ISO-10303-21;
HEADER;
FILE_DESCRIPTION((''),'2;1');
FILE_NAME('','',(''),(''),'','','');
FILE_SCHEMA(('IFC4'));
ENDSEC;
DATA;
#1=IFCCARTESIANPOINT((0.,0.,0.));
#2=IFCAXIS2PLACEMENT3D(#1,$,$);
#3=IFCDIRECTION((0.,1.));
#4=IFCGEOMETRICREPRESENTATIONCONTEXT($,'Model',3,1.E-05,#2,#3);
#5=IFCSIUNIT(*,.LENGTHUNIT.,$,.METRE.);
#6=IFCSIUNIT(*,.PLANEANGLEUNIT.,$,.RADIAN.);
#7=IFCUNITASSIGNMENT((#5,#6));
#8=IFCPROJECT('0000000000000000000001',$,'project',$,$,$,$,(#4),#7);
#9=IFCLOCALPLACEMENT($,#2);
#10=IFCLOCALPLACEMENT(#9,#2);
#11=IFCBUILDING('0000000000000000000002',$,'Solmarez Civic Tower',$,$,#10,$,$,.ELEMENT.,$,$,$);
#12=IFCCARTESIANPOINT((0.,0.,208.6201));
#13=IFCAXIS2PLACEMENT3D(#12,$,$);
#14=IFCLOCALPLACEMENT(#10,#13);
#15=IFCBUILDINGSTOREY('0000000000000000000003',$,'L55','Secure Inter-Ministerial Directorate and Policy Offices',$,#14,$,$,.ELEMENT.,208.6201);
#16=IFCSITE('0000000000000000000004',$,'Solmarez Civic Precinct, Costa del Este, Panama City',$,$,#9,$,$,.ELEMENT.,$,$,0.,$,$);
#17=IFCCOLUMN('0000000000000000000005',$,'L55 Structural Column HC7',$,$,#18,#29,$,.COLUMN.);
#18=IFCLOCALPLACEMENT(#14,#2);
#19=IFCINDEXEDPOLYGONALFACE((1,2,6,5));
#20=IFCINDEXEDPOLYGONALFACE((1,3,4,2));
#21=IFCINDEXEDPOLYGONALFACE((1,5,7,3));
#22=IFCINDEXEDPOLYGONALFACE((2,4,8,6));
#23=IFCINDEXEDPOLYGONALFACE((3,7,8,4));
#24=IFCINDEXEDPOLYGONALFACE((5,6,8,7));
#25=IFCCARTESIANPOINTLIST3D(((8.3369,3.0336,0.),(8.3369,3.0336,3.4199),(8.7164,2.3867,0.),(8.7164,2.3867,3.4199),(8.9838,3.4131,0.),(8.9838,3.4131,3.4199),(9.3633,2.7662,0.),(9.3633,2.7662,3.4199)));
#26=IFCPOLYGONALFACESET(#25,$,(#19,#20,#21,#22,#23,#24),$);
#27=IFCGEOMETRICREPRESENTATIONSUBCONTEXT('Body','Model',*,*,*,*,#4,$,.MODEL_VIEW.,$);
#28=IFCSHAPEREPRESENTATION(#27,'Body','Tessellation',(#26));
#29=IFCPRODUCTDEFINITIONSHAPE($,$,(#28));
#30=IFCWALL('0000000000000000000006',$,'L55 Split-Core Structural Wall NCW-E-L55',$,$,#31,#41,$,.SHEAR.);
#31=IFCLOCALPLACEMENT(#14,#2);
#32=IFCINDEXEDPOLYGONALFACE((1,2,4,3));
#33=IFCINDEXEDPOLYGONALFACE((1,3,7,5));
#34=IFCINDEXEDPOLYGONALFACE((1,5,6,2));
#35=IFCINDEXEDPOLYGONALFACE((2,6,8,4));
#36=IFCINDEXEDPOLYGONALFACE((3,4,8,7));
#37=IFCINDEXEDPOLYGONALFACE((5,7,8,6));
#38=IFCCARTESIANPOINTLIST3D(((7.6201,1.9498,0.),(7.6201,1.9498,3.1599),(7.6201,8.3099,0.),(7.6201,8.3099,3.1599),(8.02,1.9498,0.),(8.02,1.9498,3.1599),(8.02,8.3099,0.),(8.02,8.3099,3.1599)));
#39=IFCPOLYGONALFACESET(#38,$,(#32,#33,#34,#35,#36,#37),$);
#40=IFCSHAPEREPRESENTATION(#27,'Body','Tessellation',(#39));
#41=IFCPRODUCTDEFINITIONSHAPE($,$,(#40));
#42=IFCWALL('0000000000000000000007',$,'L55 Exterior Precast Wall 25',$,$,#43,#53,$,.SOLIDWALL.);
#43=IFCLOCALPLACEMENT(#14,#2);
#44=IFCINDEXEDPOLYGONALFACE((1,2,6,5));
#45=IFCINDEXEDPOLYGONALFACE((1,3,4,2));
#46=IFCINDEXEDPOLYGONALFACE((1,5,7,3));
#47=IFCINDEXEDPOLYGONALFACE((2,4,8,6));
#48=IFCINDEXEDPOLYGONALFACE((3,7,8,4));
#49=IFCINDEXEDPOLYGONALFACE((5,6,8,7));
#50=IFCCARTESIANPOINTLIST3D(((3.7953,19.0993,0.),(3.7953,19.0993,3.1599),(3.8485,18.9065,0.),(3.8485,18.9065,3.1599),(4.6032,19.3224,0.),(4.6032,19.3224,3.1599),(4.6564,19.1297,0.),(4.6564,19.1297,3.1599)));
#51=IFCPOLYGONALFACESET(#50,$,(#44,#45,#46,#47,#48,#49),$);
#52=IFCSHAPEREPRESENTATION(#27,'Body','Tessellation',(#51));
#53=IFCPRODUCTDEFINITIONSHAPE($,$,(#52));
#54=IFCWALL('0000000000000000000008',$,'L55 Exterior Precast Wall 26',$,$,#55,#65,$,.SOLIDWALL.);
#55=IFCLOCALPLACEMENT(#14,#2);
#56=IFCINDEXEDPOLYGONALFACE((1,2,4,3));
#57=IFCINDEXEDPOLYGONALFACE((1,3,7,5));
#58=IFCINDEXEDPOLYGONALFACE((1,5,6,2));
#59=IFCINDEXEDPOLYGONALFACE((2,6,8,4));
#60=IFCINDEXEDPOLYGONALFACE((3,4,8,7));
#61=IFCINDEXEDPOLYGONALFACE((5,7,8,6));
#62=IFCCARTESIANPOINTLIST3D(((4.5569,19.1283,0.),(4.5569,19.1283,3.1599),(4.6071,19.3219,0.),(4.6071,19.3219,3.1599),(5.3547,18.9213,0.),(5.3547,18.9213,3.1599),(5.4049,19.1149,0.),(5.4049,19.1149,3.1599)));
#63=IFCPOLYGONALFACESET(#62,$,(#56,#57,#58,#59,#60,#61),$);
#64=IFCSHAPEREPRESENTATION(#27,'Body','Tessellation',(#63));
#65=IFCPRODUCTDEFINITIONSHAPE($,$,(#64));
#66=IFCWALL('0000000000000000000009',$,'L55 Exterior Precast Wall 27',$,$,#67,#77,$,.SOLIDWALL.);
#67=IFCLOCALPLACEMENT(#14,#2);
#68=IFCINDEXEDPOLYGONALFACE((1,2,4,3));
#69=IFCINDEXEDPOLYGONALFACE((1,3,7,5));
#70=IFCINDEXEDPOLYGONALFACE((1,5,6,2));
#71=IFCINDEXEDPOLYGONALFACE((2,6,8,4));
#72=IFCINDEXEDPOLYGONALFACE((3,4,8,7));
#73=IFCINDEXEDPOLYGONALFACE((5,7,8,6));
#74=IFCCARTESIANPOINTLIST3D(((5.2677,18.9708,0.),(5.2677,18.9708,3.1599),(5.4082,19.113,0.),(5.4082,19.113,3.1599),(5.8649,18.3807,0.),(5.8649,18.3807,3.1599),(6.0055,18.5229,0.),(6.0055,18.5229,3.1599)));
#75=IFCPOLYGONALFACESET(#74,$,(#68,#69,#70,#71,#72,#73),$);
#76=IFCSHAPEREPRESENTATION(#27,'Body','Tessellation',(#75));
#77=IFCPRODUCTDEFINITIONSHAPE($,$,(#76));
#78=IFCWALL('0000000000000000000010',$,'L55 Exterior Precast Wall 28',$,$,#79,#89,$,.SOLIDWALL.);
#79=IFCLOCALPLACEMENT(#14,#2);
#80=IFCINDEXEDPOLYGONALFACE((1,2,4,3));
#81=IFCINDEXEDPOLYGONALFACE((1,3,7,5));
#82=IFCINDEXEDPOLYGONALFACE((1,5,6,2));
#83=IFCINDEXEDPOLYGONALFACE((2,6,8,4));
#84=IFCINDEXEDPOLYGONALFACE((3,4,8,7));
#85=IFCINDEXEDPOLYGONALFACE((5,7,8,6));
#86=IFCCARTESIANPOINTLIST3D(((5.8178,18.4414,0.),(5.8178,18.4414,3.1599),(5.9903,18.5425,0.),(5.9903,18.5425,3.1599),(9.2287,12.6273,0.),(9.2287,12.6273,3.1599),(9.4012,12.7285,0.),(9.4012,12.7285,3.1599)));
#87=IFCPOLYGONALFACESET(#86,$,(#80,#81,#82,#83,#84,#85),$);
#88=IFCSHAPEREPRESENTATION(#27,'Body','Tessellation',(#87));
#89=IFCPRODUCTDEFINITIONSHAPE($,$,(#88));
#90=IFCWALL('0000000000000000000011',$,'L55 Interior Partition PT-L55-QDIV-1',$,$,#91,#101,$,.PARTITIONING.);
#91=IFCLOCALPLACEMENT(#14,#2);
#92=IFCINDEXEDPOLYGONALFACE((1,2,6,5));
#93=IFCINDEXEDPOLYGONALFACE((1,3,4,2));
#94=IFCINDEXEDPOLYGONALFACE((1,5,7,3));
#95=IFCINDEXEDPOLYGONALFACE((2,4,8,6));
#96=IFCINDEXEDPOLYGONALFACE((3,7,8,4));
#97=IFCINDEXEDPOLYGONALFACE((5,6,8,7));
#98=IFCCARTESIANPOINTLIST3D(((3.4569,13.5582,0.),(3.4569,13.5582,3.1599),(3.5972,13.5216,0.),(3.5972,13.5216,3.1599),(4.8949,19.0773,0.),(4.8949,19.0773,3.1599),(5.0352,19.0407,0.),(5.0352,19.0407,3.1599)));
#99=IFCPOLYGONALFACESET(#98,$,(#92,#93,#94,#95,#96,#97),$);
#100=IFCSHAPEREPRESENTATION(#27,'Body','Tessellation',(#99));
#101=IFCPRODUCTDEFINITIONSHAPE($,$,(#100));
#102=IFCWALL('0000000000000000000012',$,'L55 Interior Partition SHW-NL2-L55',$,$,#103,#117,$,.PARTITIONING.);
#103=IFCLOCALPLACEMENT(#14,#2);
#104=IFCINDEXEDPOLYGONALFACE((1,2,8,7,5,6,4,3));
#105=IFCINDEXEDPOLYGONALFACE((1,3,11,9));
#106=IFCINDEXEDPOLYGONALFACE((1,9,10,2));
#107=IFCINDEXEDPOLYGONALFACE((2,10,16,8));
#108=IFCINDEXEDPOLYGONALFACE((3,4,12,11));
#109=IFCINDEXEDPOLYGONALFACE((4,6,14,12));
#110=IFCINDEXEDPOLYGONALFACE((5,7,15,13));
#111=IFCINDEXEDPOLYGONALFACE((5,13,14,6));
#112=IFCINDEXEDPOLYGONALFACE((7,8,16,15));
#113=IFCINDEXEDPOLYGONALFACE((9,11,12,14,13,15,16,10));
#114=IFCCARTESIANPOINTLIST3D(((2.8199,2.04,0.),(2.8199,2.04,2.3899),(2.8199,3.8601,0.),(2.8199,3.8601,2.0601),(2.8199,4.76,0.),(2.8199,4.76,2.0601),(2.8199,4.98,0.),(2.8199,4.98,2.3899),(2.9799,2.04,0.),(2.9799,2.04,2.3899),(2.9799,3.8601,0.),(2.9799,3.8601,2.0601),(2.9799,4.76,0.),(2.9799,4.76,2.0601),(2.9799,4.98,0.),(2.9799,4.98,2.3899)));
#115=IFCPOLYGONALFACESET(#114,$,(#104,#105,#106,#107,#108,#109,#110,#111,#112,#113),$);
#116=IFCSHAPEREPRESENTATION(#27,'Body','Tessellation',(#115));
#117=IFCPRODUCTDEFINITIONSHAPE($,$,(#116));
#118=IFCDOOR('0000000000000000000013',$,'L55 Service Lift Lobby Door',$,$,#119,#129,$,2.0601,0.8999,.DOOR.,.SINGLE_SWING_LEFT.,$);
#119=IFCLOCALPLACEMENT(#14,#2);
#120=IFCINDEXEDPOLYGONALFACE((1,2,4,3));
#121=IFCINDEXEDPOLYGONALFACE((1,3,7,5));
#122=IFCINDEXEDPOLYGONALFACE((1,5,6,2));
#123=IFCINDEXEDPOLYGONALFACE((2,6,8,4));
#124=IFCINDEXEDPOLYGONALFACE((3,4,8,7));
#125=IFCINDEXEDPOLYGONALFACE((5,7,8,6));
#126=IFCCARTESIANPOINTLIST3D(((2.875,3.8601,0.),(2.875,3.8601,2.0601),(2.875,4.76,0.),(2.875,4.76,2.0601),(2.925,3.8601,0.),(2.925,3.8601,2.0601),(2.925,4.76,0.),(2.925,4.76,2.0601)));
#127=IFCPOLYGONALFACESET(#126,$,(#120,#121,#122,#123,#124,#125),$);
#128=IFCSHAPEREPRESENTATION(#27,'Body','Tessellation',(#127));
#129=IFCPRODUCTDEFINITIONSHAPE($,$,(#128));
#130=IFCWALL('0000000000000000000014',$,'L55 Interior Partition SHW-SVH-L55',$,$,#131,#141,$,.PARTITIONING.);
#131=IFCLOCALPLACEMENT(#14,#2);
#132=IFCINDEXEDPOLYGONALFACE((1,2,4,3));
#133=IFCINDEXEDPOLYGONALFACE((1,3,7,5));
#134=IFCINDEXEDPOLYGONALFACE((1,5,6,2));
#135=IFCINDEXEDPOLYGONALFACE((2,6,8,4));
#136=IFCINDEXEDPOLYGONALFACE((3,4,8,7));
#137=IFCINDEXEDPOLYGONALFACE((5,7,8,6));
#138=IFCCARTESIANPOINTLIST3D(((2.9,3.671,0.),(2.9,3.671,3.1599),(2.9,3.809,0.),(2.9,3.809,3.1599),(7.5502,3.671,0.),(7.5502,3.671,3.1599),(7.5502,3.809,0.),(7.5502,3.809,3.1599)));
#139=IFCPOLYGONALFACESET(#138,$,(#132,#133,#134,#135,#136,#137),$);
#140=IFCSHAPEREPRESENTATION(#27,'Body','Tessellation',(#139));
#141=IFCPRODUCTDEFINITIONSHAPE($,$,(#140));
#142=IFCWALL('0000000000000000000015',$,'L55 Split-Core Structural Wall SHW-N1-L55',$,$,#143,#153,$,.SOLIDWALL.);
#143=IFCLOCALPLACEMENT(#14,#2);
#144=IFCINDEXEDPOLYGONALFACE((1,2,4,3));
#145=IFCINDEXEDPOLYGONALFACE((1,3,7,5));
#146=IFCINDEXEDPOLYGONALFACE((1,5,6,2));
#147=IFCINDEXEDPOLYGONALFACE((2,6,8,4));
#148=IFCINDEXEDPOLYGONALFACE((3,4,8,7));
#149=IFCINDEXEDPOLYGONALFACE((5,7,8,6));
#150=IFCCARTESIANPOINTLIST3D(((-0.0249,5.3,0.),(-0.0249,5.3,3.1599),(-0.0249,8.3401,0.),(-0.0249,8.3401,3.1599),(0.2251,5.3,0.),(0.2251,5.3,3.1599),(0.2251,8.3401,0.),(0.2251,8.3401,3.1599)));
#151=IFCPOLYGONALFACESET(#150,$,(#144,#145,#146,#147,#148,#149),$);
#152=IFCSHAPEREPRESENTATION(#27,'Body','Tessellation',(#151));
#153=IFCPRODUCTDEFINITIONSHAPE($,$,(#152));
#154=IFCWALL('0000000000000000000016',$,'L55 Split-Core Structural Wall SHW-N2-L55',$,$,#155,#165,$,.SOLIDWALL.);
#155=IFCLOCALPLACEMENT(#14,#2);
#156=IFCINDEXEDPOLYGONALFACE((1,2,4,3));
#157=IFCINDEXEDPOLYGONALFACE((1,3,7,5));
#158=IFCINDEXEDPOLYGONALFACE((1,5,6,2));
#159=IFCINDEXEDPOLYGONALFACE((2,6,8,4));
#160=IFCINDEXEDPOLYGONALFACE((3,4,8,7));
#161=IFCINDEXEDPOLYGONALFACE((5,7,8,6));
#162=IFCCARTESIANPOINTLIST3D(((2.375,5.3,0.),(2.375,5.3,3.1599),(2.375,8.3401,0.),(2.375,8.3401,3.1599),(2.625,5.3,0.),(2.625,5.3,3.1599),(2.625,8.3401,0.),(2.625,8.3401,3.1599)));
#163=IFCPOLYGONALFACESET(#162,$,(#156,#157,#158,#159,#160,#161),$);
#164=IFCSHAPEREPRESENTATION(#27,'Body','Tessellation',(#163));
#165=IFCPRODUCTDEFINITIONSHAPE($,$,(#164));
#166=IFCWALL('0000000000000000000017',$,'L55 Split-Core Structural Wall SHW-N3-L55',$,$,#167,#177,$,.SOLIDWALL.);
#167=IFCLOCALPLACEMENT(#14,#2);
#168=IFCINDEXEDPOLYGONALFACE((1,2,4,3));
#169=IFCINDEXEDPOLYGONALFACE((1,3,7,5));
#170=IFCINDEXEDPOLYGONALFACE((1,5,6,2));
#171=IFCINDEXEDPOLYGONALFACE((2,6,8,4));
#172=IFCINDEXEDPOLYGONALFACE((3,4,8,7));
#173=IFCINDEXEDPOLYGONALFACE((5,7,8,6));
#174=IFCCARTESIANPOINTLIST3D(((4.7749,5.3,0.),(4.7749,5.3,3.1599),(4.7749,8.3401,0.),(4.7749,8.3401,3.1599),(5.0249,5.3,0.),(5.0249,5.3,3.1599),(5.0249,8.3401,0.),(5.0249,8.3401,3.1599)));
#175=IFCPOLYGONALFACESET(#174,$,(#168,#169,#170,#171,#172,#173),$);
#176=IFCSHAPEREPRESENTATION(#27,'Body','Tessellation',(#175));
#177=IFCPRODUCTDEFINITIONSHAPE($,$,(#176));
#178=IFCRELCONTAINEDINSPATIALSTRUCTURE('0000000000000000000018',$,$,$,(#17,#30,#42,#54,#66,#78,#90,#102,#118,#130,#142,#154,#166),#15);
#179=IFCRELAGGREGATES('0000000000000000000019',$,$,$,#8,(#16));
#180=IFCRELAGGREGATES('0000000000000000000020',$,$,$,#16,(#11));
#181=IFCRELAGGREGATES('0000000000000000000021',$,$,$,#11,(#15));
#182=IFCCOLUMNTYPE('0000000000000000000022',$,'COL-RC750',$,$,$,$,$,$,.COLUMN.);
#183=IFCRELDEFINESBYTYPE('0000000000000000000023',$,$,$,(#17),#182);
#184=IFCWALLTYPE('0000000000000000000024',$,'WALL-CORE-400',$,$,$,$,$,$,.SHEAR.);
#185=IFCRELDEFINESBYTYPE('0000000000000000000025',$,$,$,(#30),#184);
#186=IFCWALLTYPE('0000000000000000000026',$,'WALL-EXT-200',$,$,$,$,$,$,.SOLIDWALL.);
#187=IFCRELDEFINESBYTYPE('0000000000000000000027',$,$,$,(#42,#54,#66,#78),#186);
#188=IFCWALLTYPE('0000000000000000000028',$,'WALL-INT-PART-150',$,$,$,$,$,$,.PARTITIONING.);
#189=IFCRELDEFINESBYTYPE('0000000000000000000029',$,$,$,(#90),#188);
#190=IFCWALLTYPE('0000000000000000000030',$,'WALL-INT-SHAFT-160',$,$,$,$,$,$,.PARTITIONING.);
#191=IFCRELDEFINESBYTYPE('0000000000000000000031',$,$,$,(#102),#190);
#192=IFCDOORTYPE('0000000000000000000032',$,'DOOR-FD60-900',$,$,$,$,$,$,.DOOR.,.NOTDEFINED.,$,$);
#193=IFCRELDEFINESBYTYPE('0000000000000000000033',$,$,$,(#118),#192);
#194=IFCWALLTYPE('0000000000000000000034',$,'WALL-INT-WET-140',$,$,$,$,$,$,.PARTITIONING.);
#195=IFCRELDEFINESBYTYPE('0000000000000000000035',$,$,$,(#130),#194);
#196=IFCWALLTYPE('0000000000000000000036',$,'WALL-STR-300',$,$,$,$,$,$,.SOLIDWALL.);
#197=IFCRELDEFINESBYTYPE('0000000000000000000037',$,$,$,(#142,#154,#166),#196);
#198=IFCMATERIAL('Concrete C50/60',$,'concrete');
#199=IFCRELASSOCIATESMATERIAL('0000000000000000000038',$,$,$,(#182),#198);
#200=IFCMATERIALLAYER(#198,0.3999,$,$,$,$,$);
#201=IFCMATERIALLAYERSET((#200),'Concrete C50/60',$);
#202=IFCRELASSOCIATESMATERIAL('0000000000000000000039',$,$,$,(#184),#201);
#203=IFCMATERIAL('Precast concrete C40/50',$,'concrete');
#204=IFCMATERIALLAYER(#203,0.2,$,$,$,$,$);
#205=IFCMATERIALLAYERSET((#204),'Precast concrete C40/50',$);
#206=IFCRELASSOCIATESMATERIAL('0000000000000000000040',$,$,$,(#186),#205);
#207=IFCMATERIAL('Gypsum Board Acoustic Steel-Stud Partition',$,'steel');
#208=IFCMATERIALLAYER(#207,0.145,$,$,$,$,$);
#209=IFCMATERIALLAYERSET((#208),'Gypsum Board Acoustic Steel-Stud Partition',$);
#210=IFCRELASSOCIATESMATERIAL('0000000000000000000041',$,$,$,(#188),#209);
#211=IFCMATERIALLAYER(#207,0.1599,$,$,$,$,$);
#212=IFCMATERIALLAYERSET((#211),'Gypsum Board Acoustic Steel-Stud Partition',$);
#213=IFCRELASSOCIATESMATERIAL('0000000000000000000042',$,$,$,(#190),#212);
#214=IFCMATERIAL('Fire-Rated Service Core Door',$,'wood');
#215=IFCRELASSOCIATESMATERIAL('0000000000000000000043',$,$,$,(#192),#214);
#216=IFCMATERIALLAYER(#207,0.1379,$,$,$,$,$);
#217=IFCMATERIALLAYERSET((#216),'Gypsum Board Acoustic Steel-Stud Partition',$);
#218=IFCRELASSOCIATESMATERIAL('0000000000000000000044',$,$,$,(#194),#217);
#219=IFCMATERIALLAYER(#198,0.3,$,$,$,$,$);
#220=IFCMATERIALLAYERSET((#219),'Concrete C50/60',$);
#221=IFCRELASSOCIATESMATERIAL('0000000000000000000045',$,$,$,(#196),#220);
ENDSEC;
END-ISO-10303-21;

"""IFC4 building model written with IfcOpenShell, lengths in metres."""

from ifc_helpers import new_model, si_unit, direction, frame, frame_2d, origin, origin_2d, place, context, subcontext, project, spatial, rectangle, extrude, material, layer, layer_set, material_profile, profile_set, type_object, element, fill, save


model = new_model("IFC4")

# Units and contexts
model_context = context("Model", 3, precision=1e-05, world=origin(), true_north=direction((0.0, 1.0)))
body_context = subcontext(model_context, "Body", "Model", "MODEL_VIEW")
ifc_project = project(units=[si_unit("LENGTHUNIT", "METRE"), si_unit("PLANEANGLEUNIT", "RADIAN")], contexts=[model_context])

# Site, building, storey
site_placement = place(None, origin())
site = spatial("IfcSite", under=ifc_project, at=site_placement, Name="Solmarez Civic Precinct, Costa del Este, Panama City", CompositionType="ELEMENT", RefElevation=0.0)
building_placement = place(site_placement, origin())
building = spatial("IfcBuilding", under=site, at=building_placement, Name="Solmarez Civic Tower", CompositionType="ELEMENT")
storey_placement = place(building_placement, frame((0.0, 0.0, 208.6201)))
storey = spatial("IfcBuildingStorey", under=building, at=storey_placement, Name="L55", Description="Secure Inter-Ministerial Directorate and Policy Offices", CompositionType="ELEMENT", Elevation=208.6201)

# Column
ifc_material_1 = material(Name="Concrete C50/60", Category="concrete")
ifc_material_profile = material_profile(ifc_material_1, rectangle(XDim=0.75, YDim=0.75, at=origin_2d()), Name="RC750X750")
ifc_profile_set = profile_set([ifc_material_profile], Name="Concrete C50/60")
column_type = type_object("IfcColumnType", Name="COL-RC750", PredefinedType="COLUMN", material=ifc_profile_set)
column_placement = place(storey_placement, frame((8.8501, 2.8999, 0.0), z_axis=(0.0, 0.0, 1.0), x_axis=(0.862514, 0.506034, 0.0)))
element("IfcColumn", 1, at=column_placement, inside=storey, type_object=column_type, Name="L55 Structural Column HC7", PredefinedType="COLUMN", context=body_context, shape_type="SweptSolid", body=[
    extrude(rectangle(XDim=0.75, YDim=0.75, at=origin_2d()), origin(), (0.0, 0.0, 1.0), 3.4199),
])

# Walls
ifc_layer_1 = layer(ifc_material_1, 0.3999)
ifc_layer_set_1 = layer_set([ifc_layer_1], Name="Concrete C50/60")
wall_type_1 = type_object("IfcWallType", Name="WALL-CORE-400", PredefinedType="SHEAR", material=ifc_layer_set_1)
wall_1_placement = place(storey_placement, frame((7.8201, 8.3101, 0.0), z_axis=(0.0, 0.0, 1.0), x_axis=(0.0, -1.0, 0.0)))
element("IfcWall", 2, at=wall_1_placement, inside=storey, type_object=wall_type_1, Name="L55 Split-Core Structural Wall NCW-E-L55", PredefinedType="SHEAR", context=body_context, shape_type="SweptSolid", body=[
    extrude(rectangle(XDim=6.3601, YDim=0.3999, at=frame_2d((3.1802, 0.0))), origin(), (0.0, 0.0, 1.0), 3.1599),
])
ifc_material_2 = material(Name="Precast concrete C40/50", Category="concrete")
ifc_layer_2 = layer(ifc_material_2, 0.2)
ifc_layer_set_2 = layer_set([ifc_layer_2], Name="Precast concrete C40/50")
wall_type_2 = type_object("IfcWallType", Name="WALL-EXT-200", PredefinedType="SOLIDWALL", material=ifc_layer_set_2)
wall_2_placement = place(storey_placement, frame((3.822, 19.0029, 0.0), z_axis=(0.0, 0.0, 1.0), x_axis=(0.963905, 0.266246, 0.0)))
element("IfcWall", 3, at=wall_2_placement, inside=storey, type_object=wall_type_2, Name="L55 Exterior Precast Wall 25", PredefinedType="SOLIDWALL", context=body_context, shape_type="SweptSolid", body=[
    extrude(rectangle(XDim=0.8381, YDim=0.2, at=frame_2d((0.4189, 0.0))), origin(), (0.0, 0.0, 1.0), 3.1599),
])
wall_3_placement = place(storey_placement, frame((4.582, 19.2251, 0.0), z_axis=(0.0, 0.0, 1.0), x_axis=(0.967944, -0.251168, 0.0)))
element("IfcWall", 4, at=wall_3_placement, inside=storey, type_object=wall_type_2, Name="L55 Exterior Precast Wall 26", PredefinedType="SOLIDWALL", context=body_context, shape_type="SweptSolid", body=[
    extrude(rectangle(XDim=0.8242, YDim=0.2, at=frame_2d((0.4121, 0.0))), origin(), (0.0, 0.0, 1.0), 3.1599),
])
wall_4_placement = place(storey_placement, frame((5.3379, 19.042, 0.0), z_axis=(0.0, 0.0, 1.0), x_axis=(0.711311, -0.702878, 0.0)))
element("IfcWall", 5, at=wall_4_placement, inside=storey, type_object=wall_type_2, Name="L55 Exterior Precast Wall 27", PredefinedType="SOLIDWALL", context=body_context, shape_type="SweptSolid", body=[
    extrude(rectangle(XDim=0.8396, YDim=0.2, at=frame_2d((0.4199, 0.0))), origin(), (0.0, 0.0, 1.0), 3.1599),
])
wall_5_placement = place(storey_placement, frame((5.9041, 18.4919, 0.0), z_axis=(0.0, 0.0, 1.0), x_axis=(0.506018, -0.862523, 0.0)))
element("IfcWall", 6, at=wall_5_placement, inside=storey, type_object=wall_type_2, Name="L55 Exterior Precast Wall 28", PredefinedType="SOLIDWALL", context=body_context, shape_type="SweptSolid", body=[
    extrude(rectangle(XDim=6.7407, YDim=0.2, at=frame_2d((3.3704, 0.0))), origin(), (0.0, 0.0, 1.0), 3.1599),
])
ifc_material_3 = material(Name="Gypsum Board Acoustic Steel-Stud Partition", Category="steel")
ifc_layer_3 = layer(ifc_material_3, 0.145)
ifc_layer_set_3 = layer_set([ifc_layer_3], Name="Gypsum Board Acoustic Steel-Stud Partition")
wall_type_3 = type_object("IfcWallType", Name="WALL-INT-PART-150", PredefinedType="PARTITIONING", material=ifc_layer_set_3)
wall_6_placement = place(storey_placement, frame((3.5271, 13.54, 0.0), z_axis=(0.0, 0.0, 1.0), x_axis=(0.252133, 0.967693, 0.0)))
element("IfcWall", 7, at=wall_6_placement, inside=storey, type_object=wall_type_3, Name="L55 Interior Partition PT-L55-QDIV-1", PredefinedType="PARTITIONING", context=body_context, shape_type="SweptSolid", body=[
    extrude(rectangle(XDim=5.7034, YDim=0.145, at=frame_2d((2.8516, 0.0))), origin(), (0.0, 0.0, 1.0), 3.1599),
])

# Wall, opening, door
ifc_layer_4 = layer(ifc_material_3, 0.1599)
ifc_layer_set_4 = layer_set([ifc_layer_4], Name="Gypsum Board Acoustic Steel-Stud Partition")
wall_type_4 = type_object("IfcWallType", Name="WALL-INT-SHAFT-160", PredefinedType="PARTITIONING", material=ifc_layer_set_4)
wall_7_placement = place(storey_placement, frame((2.8999, 2.04, 0.0), z_axis=(0.0, 0.0, 1.0), x_axis=(0.0, 1.0, 0.0)))
wall_7 = element("IfcWall", 8, at=wall_7_placement, inside=storey, type_object=wall_type_4, Name="L55 Interior Partition SHW-NL2-L55", PredefinedType="PARTITIONING", context=body_context, shape_type="SweptSolid", body=[
    extrude(rectangle(XDim=2.9399, YDim=0.1599, at=frame_2d((1.47, 0.0))), origin(), (0.0, 0.0, 1.0), 2.3899),
])
opening_1_placement = place(wall_7_placement, frame((1.8201, 0.0, 0.0)))
opening_1 = element("IfcOpeningElement", 9, at=opening_1_placement, cuts=wall_7, PredefinedType="OPENING", context=body_context, shape_type="SweptSolid", body=[
    extrude(rectangle(XDim=0.8999, YDim=2.0601, at=frame_2d((0.45, 1.03))), frame((0.0, 0.0898, 0.0), z_axis=(0.0, -1.0, 0.0), x_axis=(1.0, 0.0, 0.0)), (0.0, 0.0, 1.0), 0.1799),
])
ifc_material_4 = material(Name="Fire-Rated Service Core Door", Category="wood")
door_type_1 = type_object("IfcDoorType", Name="DOOR-FD60-900", OperationType="NOTDEFINED", PredefinedType="DOOR", material=ifc_material_4)
door_1_placement = place(opening_1_placement, origin())
door_1 = element("IfcDoor", 10, at=door_1_placement, inside=storey, type_object=door_type_1, Name="L55 Service Lift Lobby Door", OperationType="SINGLE_SWING_LEFT", OverallHeight=2.0601, OverallWidth=0.8999, PredefinedType="DOOR", context=body_context, shape_type="SweptSolid", body=[
    extrude(rectangle(XDim=0.8999, YDim=2.0601, at=frame_2d((0.45, 1.03))), frame((0.0, 0.0249, 0.0), z_axis=(0.0, -1.0, 0.0), x_axis=(1.0, 0.0, 0.0)), (0.0, 0.0, 1.0), 0.05),
])
fill(opening_1, door_1)

# Wall
ifc_layer_5 = layer(ifc_material_3, 0.1379)
ifc_layer_set_5 = layer_set([ifc_layer_5], Name="Gypsum Board Acoustic Steel-Stud Partition")
wall_type_5 = type_object("IfcWallType", Name="WALL-INT-WET-140", PredefinedType="PARTITIONING", material=ifc_layer_set_5)
wall_8_placement = place(storey_placement, frame((2.8999, 3.74, 0.0), z_axis=(0.0, 0.0, 1.0), x_axis=(1.0, 0.0, 0.0)))
element("IfcWall", 11, at=wall_8_placement, inside=storey, type_object=wall_type_5, Name="L55 Interior Partition SHW-SVH-L55", PredefinedType="PARTITIONING", context=body_context, shape_type="SweptSolid", body=[
    extrude(rectangle(XDim=4.6501, YDim=0.1379, at=frame_2d((2.3252, 0.0))), origin(), (0.0, 0.0, 1.0), 3.1599),
])

# Shared definitions
ifc_layer_6 = layer(ifc_material_1, 0.3)
ifc_layer_set_6 = layer_set([ifc_layer_6], Name="Concrete C50/60")
wall_type_6 = type_object("IfcWallType", Name="WALL-STR-300", PredefinedType="SOLIDWALL", material=ifc_layer_set_6)

# Walls
for number, where, z_axis, x_axis, name in (
    (12, (0.1001, 5.3, 0.0), (0.0, 0.0, 1.0), (0.0, 1.0, 0.0), "L55 Split-Core Structural Wall SHW-N1-L55"),
    (13, (2.5, 5.3, 0.0), (0.0, 0.0, 1.0), (0.0, 1.0, 0.0), "L55 Split-Core Structural Wall SHW-N2-L55"),
    (14, (4.8999, 5.3, 0.0), (0.0, 0.0, 1.0), (0.0, 1.0, 0.0), "L55 Split-Core Structural Wall SHW-N3-L55"),
):
    element("IfcWall", number, at=place(storey_placement, frame(where, z_axis=z_axis, x_axis=x_axis)), inside=storey, type_object=wall_type_6, Name=name, PredefinedType="SOLIDWALL", context=body_context, shape_type="SweptSolid", body=[
        extrude(rectangle(XDim=3.04, YDim=0.25, at=frame_2d((1.52, 0.0))), origin(), (0.0, 0.0, 1.0), 3.1599),
    ])

save(model, "model.ifc")
